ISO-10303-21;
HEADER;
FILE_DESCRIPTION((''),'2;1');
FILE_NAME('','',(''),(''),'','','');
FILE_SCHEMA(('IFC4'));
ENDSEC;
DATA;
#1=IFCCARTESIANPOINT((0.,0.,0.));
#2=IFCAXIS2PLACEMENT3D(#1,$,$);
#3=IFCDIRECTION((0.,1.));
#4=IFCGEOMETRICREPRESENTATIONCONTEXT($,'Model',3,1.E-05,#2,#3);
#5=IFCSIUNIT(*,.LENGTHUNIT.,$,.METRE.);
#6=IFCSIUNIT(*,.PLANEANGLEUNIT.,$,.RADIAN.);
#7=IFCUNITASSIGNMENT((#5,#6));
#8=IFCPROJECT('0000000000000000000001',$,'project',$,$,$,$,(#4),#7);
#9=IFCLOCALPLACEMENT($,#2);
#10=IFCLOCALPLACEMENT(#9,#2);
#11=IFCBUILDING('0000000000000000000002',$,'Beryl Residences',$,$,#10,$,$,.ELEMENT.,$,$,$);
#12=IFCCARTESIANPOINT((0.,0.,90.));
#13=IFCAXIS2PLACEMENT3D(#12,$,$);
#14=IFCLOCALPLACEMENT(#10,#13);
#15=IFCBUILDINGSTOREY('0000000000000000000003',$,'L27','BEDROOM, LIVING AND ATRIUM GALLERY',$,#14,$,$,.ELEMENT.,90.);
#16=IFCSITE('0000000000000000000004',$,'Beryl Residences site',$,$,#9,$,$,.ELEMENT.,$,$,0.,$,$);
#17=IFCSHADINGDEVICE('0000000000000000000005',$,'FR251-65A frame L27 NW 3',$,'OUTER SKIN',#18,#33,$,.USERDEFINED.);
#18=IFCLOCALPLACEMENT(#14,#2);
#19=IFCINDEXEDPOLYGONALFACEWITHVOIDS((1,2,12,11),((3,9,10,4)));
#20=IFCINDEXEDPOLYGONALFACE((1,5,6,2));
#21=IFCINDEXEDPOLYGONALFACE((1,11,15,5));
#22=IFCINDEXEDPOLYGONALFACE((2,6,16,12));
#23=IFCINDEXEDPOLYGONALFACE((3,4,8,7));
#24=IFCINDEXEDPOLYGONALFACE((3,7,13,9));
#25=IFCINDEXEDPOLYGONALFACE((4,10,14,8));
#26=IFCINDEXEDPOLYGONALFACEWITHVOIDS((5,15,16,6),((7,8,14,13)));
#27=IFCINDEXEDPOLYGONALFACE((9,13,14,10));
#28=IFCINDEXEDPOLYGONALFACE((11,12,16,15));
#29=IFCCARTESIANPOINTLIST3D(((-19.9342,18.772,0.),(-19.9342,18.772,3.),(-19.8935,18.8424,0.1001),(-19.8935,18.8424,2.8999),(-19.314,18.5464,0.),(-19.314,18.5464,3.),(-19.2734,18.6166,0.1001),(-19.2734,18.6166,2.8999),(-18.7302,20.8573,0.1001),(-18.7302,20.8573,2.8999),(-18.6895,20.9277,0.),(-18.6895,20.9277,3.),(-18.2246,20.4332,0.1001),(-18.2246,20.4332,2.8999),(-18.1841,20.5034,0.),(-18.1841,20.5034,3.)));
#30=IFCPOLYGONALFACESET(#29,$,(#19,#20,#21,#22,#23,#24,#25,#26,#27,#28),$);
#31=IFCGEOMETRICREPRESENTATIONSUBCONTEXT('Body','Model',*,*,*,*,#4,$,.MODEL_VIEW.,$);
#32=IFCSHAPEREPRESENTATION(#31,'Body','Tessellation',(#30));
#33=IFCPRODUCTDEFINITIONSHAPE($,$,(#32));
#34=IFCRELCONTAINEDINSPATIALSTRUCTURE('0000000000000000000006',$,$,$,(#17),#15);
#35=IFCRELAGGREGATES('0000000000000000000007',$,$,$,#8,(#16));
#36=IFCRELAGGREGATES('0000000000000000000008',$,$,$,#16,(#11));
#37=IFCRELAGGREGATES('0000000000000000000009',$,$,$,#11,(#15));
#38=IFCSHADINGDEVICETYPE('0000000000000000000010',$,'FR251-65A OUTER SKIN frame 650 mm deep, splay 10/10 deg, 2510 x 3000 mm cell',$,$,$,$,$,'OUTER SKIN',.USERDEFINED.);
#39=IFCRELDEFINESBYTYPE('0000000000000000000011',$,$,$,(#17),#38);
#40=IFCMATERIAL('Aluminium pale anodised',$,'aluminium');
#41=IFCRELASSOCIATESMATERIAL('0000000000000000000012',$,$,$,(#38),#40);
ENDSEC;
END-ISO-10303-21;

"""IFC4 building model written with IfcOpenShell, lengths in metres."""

from ifc_helpers import new_model, entity, si_unit, direction, frame, origin, place, context, subcontext, project, spatial, source, transform, mapped, material, type_object, type_shapes, element, save


model = new_model("IFC4")

# Units and contexts
model_context = context("Model", 3, precision=1e-05, world=origin(), true_north=direction((0.0, 1.0)))
body_context = subcontext(model_context, "Body", "Model", "MODEL_VIEW")
ifc_project = project(units=[si_unit("LENGTHUNIT", "METRE"), si_unit("PLANEANGLEUNIT", "RADIAN")], contexts=[model_context])

# Site, building, storey
site_placement = place(None, origin())
site = spatial("IfcSite", under=ifc_project, at=site_placement, Name="Beryl Residences site", CompositionType="ELEMENT", RefElevation=0.0)
building_placement = place(site_placement, origin())
building = spatial("IfcBuilding", under=site, at=building_placement, Name="Beryl Residences", CompositionType="ELEMENT")
storey_placement = place(building_placement, frame((0.0, 0.0, 90.0)))
storey = spatial("IfcBuildingStorey", under=building, at=storey_placement, Name="L27", Description="BEDROOM, LIVING AND ATRIUM GALLERY", CompositionType="ELEMENT", Elevation=90.0)

# Shading device
ifc_material_1 = material(Name="Aluminium pale anodised", Category="aluminium")
shading_device_type_1 = type_object("IfcShadingDeviceType", Name="FR251-65A OUTER SKIN frame 650 mm deep, splay 10/10 deg, 2510 x 3000 mm cell", ElementType="OUTER SKIN", PredefinedType="USERDEFINED", material=ifc_material_1)
cartesian_point_1 = entity("IfcCartesianPoint", [-1.1299, 0.0])
cartesian_point_2 = entity("IfcCartesianPoint", [-1.0488, 0.1001])
cartesian_point_3 = entity("IfcCartesianPoint", [-1.2446, 0.0])
cartesian_point_4 = entity("IfcCartesianPoint", [-1.1633, 0.1001])
shared_shape_1 = source(origin(), body_context, "Body", "SweptSolid", [
    entity("IfcExtrudedAreaSolidTapered", entity("IfcArbitraryProfileDefWithVoids", "AREA", None, entity("IfcPolyline", [cartesian_point_1, entity("IfcCartesianPoint", [1.1299, 0.0]), entity("IfcCartesianPoint", [1.1299, 3.0]), entity("IfcCartesianPoint", [-1.1299, 3.0]), cartesian_point_1]), [entity("IfcPolyline", [cartesian_point_2, entity("IfcCartesianPoint", [1.0488, 0.1001]), entity("IfcCartesianPoint", [1.0488, 2.8999]), entity("IfcCartesianPoint", [-1.0488, 2.8999]), cartesian_point_2])]), entity("IfcAxis2Placement3D", entity("IfcCartesianPoint", [0.0, 0.0, 0.0]), entity("IfcDirection", [0.0, 1.0, 0.0]), entity("IfcDirection", [-1.0, 0.0, 0.0])), entity("IfcDirection", [0.0, 0.0, 1.0]), 0.6499, entity("IfcArbitraryProfileDefWithVoids", "AREA", None, entity("IfcPolyline", [cartesian_point_3, entity("IfcCartesianPoint", [1.2446, 0.0]), entity("IfcCartesianPoint", [1.2446, 3.0]), entity("IfcCartesianPoint", [-1.2446, 3.0]), cartesian_point_3]), [entity("IfcPolyline", [cartesian_point_4, entity("IfcCartesianPoint", [1.1633, 0.1001]), entity("IfcCartesianPoint", [1.1633, 2.8999]), entity("IfcCartesianPoint", [-1.1633, 2.8999]), cartesian_point_4])])),
])
type_shapes(shading_device_type_1, [shared_shape_1])
for number, where, z_axis, x_axis, name in (
    (1, (-18.749, 19.5249, 0.0), (0.0, 0.0, 1.0), (0.5, 0.866025, 0.0), "FR251-65A frame L27 NW 3"),
):
    element("IfcShadingDevice", number, at=place(storey_placement, frame(where, z_axis=z_axis, x_axis=x_axis)), inside=storey, type_object=shading_device_type_1, Name=name, ObjectType="OUTER SKIN", PredefinedType="USERDEFINED", context=body_context, shape_type="MappedRepresentation", body=[
        mapped(shared_shape_1, transform((0.0, 0.0, 0.0))),
    ])

save(model, "model.ifc")
